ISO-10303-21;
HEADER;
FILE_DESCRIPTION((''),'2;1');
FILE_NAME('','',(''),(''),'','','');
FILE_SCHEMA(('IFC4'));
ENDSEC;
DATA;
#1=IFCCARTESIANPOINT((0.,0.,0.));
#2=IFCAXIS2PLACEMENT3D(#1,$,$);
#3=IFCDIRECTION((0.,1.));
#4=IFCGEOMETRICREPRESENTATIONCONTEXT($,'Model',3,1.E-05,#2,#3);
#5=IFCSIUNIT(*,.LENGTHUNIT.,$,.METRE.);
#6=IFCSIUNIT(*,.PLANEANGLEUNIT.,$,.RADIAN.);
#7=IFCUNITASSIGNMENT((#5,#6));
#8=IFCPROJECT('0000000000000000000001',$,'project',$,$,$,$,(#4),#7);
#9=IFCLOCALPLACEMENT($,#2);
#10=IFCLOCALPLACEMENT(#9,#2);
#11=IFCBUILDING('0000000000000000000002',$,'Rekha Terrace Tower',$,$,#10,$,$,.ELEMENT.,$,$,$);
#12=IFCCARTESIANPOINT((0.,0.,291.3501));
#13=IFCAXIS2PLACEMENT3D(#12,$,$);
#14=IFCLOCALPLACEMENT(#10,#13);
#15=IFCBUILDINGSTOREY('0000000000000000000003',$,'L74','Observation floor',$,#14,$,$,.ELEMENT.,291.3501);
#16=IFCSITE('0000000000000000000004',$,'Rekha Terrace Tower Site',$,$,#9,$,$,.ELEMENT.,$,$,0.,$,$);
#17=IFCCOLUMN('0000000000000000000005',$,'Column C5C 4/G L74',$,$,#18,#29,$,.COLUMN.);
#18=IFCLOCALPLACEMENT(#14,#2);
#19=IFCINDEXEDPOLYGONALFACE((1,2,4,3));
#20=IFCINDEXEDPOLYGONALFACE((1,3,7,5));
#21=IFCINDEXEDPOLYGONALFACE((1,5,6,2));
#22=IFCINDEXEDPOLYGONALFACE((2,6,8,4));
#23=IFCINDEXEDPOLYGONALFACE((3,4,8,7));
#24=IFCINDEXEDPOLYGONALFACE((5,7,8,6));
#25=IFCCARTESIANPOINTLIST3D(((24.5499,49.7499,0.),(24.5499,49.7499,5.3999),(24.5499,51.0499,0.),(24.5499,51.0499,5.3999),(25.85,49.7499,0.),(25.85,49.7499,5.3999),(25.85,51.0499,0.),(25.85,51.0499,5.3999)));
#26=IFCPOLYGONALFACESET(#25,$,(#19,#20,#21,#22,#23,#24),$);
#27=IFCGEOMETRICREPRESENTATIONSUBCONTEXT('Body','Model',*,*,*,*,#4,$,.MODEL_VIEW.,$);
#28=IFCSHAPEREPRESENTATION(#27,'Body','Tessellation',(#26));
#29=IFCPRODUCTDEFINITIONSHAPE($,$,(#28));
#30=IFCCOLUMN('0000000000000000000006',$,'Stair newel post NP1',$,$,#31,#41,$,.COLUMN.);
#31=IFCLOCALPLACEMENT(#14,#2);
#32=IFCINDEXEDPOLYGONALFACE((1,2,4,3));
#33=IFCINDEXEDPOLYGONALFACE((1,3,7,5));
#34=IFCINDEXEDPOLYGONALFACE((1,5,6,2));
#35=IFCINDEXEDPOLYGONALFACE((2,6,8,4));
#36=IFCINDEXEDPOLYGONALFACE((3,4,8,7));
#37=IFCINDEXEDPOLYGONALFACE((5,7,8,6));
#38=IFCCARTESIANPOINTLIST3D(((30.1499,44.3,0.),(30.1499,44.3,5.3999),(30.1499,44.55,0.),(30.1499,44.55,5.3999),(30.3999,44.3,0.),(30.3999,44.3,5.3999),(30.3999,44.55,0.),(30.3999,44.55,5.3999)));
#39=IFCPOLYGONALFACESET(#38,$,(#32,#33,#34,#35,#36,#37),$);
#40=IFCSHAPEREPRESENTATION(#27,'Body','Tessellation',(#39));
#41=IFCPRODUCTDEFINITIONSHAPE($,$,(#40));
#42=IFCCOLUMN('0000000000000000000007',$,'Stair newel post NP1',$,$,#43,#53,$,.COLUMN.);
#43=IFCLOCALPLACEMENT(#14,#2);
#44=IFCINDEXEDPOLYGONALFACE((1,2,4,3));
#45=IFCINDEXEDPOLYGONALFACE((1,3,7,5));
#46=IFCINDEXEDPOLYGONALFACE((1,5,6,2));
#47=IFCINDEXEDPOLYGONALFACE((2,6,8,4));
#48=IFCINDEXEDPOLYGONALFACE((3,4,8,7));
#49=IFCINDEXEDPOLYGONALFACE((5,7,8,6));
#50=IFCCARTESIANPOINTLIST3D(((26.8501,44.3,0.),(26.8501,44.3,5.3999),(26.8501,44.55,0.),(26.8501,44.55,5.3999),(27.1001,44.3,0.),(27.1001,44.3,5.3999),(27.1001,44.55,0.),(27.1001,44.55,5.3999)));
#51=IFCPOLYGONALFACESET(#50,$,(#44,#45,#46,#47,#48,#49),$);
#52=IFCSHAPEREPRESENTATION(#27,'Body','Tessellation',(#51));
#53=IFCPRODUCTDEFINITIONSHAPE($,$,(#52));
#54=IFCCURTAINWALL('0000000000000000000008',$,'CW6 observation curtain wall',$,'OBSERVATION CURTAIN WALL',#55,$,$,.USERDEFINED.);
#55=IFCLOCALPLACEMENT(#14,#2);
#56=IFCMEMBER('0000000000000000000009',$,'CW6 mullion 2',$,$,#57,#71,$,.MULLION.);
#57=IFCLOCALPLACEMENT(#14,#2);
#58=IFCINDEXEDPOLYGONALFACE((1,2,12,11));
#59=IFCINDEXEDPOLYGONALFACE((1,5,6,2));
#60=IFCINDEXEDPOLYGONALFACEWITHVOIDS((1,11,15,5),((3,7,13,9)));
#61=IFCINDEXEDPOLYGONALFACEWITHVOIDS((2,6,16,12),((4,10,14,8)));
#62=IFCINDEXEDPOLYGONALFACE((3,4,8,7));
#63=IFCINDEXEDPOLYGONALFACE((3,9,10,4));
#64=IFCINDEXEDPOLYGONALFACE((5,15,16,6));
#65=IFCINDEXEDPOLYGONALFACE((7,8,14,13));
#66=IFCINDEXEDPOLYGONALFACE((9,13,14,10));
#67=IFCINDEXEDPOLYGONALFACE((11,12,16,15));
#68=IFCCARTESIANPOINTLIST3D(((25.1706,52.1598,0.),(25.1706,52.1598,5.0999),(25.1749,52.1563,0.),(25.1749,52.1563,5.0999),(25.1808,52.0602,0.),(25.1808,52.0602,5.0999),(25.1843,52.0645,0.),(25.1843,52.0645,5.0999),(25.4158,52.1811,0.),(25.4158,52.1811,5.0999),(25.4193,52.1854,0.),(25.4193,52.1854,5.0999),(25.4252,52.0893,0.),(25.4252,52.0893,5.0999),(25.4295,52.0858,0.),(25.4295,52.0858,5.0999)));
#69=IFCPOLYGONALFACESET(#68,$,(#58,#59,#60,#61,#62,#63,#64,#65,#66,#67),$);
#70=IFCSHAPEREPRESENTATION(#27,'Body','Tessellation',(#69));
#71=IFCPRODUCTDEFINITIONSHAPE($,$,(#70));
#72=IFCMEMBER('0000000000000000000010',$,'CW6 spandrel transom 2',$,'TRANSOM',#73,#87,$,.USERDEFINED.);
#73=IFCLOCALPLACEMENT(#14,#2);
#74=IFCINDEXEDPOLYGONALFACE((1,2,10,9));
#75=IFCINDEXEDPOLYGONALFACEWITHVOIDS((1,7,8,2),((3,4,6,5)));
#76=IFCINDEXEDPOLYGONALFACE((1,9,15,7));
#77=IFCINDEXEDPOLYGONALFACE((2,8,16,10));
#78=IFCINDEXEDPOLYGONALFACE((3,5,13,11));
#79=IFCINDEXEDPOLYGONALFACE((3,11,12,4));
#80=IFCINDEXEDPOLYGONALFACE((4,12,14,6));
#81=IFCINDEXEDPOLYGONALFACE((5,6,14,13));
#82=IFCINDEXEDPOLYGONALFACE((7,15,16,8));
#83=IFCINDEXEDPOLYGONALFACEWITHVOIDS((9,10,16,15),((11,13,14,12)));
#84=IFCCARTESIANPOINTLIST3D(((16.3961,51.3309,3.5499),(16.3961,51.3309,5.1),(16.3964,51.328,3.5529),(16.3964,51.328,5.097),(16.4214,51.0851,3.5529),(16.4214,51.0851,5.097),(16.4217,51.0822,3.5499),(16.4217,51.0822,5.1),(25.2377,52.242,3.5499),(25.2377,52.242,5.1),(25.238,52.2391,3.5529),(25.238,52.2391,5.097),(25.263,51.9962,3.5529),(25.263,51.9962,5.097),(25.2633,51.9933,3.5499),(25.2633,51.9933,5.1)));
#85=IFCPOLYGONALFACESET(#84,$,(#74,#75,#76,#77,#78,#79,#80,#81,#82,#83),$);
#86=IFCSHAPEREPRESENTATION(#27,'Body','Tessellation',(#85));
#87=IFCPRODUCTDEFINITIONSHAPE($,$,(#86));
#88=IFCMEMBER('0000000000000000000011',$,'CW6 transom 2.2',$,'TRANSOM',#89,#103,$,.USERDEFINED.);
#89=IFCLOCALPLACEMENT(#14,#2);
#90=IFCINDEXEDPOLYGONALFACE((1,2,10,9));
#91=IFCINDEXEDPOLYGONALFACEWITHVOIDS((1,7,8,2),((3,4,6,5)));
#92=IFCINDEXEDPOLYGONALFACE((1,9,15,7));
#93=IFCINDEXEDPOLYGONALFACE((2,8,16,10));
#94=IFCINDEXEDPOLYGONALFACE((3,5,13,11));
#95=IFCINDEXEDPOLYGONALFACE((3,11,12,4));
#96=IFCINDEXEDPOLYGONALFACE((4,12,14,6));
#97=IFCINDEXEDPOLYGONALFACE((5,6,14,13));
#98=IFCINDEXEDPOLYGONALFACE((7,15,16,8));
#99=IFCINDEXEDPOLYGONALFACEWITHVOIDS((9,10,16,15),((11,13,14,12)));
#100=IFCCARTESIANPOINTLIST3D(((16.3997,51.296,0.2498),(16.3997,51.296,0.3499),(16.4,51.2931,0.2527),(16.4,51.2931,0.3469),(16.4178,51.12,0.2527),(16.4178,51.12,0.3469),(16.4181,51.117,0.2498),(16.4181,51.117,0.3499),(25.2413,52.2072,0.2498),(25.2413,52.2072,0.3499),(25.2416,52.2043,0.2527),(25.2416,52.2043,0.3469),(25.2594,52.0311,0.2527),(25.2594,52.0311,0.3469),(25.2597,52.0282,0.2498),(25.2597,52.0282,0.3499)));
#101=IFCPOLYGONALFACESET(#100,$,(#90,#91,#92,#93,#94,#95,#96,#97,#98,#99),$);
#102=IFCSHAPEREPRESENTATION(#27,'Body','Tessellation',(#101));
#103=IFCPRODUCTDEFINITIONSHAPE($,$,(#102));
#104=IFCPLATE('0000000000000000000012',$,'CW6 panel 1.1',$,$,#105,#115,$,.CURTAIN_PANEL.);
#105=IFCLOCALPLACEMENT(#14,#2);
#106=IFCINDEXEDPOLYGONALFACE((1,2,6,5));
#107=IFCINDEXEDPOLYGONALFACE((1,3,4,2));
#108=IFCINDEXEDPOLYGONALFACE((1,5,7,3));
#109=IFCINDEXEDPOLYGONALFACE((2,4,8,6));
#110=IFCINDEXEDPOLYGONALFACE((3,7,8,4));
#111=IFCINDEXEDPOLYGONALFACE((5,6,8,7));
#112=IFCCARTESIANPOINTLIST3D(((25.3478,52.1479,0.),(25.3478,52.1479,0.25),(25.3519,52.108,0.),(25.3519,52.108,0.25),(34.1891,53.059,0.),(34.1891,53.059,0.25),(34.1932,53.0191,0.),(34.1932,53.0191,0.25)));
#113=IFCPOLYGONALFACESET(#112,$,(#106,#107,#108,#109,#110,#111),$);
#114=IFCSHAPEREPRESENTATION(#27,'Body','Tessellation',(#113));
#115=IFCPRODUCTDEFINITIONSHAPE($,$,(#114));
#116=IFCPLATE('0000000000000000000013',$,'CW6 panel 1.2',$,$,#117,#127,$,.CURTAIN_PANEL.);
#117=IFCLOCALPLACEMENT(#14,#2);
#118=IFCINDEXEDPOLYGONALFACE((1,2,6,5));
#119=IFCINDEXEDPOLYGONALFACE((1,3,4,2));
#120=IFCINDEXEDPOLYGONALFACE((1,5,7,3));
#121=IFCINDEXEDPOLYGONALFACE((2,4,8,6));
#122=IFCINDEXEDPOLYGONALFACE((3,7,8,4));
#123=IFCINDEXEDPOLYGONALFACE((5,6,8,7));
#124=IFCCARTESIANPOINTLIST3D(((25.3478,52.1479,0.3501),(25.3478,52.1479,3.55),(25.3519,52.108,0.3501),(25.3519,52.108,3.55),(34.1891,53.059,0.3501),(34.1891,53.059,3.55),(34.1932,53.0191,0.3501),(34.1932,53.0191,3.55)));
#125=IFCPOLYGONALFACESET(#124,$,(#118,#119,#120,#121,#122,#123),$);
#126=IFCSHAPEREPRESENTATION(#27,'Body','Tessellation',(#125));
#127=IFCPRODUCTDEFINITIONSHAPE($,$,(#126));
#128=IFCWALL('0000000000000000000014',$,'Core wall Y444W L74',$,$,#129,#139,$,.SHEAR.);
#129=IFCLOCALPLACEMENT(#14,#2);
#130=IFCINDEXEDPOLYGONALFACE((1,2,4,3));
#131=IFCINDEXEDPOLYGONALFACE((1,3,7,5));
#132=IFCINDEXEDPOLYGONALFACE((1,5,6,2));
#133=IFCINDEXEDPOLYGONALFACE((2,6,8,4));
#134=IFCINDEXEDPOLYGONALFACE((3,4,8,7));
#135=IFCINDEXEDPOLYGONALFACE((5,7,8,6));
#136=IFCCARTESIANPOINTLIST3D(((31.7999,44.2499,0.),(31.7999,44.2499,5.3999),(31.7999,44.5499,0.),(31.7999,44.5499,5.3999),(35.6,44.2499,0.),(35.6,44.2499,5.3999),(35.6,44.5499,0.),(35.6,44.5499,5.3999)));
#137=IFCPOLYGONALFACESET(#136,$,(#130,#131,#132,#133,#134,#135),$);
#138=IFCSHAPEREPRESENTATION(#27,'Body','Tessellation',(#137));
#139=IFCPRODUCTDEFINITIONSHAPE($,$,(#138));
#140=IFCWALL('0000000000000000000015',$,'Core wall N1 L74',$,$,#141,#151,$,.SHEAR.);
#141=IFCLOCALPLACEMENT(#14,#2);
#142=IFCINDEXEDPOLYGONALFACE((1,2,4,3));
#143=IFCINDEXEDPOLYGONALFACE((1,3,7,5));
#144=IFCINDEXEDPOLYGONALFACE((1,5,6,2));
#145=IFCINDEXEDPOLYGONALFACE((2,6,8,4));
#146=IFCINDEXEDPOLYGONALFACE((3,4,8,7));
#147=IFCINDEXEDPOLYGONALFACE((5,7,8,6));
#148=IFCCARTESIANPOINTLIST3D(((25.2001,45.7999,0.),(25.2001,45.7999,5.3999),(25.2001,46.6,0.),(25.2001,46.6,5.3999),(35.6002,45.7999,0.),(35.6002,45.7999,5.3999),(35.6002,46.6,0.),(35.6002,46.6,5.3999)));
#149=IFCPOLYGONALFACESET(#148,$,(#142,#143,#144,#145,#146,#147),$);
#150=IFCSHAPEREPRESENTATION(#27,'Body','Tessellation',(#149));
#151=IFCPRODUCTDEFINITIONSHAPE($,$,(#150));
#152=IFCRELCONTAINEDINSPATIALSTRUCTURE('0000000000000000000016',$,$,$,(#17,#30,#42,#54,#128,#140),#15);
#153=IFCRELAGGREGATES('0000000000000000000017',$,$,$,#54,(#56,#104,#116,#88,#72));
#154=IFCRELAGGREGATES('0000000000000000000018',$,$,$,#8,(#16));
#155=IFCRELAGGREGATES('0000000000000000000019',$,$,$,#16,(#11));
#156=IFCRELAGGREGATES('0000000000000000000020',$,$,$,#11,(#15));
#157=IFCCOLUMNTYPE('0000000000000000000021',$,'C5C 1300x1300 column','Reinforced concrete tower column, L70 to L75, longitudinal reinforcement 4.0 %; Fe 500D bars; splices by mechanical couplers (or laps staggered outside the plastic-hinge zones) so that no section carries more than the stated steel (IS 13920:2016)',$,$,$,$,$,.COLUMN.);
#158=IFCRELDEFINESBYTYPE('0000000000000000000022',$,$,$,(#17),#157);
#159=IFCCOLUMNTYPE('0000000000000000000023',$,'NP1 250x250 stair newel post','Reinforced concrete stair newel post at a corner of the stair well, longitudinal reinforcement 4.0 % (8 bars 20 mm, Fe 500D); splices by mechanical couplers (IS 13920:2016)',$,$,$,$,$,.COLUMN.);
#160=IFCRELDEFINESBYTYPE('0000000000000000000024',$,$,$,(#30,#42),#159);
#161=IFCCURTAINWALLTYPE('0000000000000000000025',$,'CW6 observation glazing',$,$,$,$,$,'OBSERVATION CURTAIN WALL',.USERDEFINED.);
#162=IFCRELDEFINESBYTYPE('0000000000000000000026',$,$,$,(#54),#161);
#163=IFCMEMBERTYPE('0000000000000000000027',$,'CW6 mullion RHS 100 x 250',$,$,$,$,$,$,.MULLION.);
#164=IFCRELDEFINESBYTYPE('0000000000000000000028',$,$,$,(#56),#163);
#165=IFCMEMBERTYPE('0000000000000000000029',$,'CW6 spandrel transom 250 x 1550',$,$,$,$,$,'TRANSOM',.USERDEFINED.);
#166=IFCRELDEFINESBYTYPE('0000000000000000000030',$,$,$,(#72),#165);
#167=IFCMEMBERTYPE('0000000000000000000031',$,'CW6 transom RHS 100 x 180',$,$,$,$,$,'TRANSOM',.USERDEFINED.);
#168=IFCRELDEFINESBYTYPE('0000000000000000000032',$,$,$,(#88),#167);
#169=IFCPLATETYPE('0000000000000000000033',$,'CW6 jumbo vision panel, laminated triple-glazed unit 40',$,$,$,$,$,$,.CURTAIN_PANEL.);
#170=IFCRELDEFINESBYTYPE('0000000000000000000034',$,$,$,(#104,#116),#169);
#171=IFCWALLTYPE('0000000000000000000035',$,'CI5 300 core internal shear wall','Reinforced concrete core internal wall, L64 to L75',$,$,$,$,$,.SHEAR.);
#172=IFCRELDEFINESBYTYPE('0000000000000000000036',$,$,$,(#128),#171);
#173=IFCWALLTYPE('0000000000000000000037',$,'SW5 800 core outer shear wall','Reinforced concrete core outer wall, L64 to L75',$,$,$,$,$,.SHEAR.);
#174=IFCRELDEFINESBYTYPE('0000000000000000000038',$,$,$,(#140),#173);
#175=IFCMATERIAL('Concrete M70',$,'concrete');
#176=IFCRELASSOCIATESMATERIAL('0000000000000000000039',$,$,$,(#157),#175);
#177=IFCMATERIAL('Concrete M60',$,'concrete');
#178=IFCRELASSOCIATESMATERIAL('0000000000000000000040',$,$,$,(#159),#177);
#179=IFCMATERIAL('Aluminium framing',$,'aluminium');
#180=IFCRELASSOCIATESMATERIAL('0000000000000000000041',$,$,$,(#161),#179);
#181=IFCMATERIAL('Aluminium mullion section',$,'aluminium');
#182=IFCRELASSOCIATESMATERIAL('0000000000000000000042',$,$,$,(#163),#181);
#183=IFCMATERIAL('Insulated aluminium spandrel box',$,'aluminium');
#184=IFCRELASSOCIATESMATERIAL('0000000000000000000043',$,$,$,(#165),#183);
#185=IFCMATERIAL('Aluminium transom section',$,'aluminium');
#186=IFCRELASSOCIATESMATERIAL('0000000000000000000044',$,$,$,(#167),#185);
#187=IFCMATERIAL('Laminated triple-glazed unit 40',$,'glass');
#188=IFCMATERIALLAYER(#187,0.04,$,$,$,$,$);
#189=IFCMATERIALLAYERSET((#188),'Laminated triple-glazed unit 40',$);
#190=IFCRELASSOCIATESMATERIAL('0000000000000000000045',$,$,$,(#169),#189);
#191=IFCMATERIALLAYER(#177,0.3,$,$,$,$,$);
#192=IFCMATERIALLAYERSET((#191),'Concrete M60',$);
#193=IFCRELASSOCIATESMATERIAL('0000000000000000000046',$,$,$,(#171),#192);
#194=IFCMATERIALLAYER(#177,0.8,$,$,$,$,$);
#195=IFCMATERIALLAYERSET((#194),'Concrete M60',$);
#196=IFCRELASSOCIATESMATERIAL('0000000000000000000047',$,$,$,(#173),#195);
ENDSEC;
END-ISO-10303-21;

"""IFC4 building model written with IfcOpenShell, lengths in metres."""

from ifc_helpers import new_model, si_unit, direction, frame, frame_2d, origin, origin_2d, place, context, subcontext, project, spatial, rectangle, hollow_rectangle, extrude, material, layer, layer_set, material_profile, profile_set, type_object, element, aggregate, save


model = new_model("IFC4")

# Units and contexts
model_context = context("Model", 3, precision=1e-05, world=origin(), true_north=direction((0.0, 1.0)))
body_context = subcontext(model_context, "Body", "Model", "MODEL_VIEW")
ifc_project = project(units=[si_unit("LENGTHUNIT", "METRE"), si_unit("PLANEANGLEUNIT", "RADIAN")], contexts=[model_context])

# Site, building, storey
site_placement = place(None, origin())
site = spatial("IfcSite", under=ifc_project, at=site_placement, Name="Rekha Terrace Tower Site", CompositionType="ELEMENT", RefElevation=0.0)
building_placement = place(site_placement, origin())
building = spatial("IfcBuilding", under=site, at=building_placement, Name="Rekha Terrace Tower", CompositionType="ELEMENT")
storey_placement = place(building_placement, frame((0.0, 0.0, 291.3501)))
storey = spatial("IfcBuildingStorey", under=building, at=storey_placement, Name="L74", Description="Observation floor", CompositionType="ELEMENT", Elevation=291.3501)

# Columns
ifc_material_1 = material(Name="Concrete M70", Category="concrete")
ifc_material_profile_1 = material_profile(ifc_material_1, rectangle(XDim=1.3, YDim=1.3, at=origin_2d()), Name="RC 1300x1300")
ifc_profile_set_1 = profile_set([ifc_material_profile_1], Name="Concrete M70")
column_type_1 = type_object("IfcColumnType", Name="C5C 1300x1300 column", Description="Reinforced concrete tower column, L70 to L75, longitudinal reinforcement 4.0 %; Fe 500D bars; splices by mechanical couplers (or laps staggered outside the plastic-hinge zones) so that no section carries more than the stated steel (IS 13920:2016)", PredefinedType="COLUMN", material=ifc_profile_set_1)
column_placement = place(storey_placement, frame((25.2, 50.3999, 0.0), z_axis=(0.0, 0.0, 1.0), x_axis=(1.0, 0.0, 0.0)))
element("IfcColumn", 1, at=column_placement, inside=storey, type_object=column_type_1, Name="Column C5C 4/G L74", PredefinedType="COLUMN", context=body_context, shape_type="SweptSolid", body=[
    extrude(rectangle(XDim=1.3, YDim=1.3, at=origin_2d()), origin(), (0.0, 0.0, 1.0), 5.3999),
])
ifc_material_2 = material(Name="Concrete M60", Category="concrete")
ifc_material_profile_2 = material_profile(ifc_material_2, rectangle(XDim=0.25, YDim=0.25, at=origin_2d()), Name="RC 250x250")
ifc_profile_set_2 = profile_set([ifc_material_profile_2], Name="Concrete M60")
column_type_2 = type_object("IfcColumnType", Name="NP1 250x250 stair newel post", Description="Reinforced concrete stair newel post at a corner of the stair well, longitudinal reinforcement 4.0 % (8 bars 20 mm, Fe 500D); splices by mechanical couplers (IS 13920:2016)", PredefinedType="COLUMN", material=ifc_profile_set_2)
for number, where, z_axis, x_axis, name in (
    (2, (30.2749, 44.425, 0.0), (0.0, 0.0, 1.0), (1.0, 0.0, 0.0), "Stair newel post NP1"),
    (3, (26.9751, 44.425, 0.0), (0.0, 0.0, 1.0), (1.0, 0.0, 0.0), "Stair newel post NP1"),
):
    element("IfcColumn", number, at=place(storey_placement, frame(where, z_axis=z_axis, x_axis=x_axis)), inside=storey, type_object=column_type_2, Name=name, PredefinedType="COLUMN", context=body_context, shape_type="SweptSolid", body=[
        extrude(rectangle(XDim=0.25, YDim=0.25, at=origin_2d()), origin(), (0.0, 0.0, 1.0), 5.3999),
    ])

# Curtain wall, members, plates
ifc_material_3 = material(Name="Aluminium framing", Category="aluminium")
curtain_wall_type = type_object("IfcCurtainWallType", Name="CW6 observation glazing", ElementType="OBSERVATION CURTAIN WALL", PredefinedType="USERDEFINED", material=ifc_material_3)
curtain_wall_placement = place(storey_placement, origin())
curtain_wall = element("IfcCurtainWall", 4, at=curtain_wall_placement, inside=storey, type_object=curtain_wall_type, Name="CW6 observation curtain wall", ObjectType="OBSERVATION CURTAIN WALL", PredefinedType="USERDEFINED")
ifc_material_4 = material(Name="Aluminium mullion section", Category="aluminium")
ifc_material_profile_3 = material_profile(ifc_material_4, hollow_rectangle(XDim=0.1001, YDim=0.25, WallThickness=0.0039, at=origin_2d()), Name="AL RHS 100x250")
ifc_profile_set_3 = profile_set([ifc_material_profile_3], Name="Aluminium mullion section")
member_type_1 = type_object("IfcMemberType", Name="CW6 mullion RHS 100 x 250", PredefinedType="MULLION", material=ifc_profile_set_3)
member_1_placement = place(storey_placement, frame((25.3, 52.1228, 0.0), z_axis=(0.0, 0.0, 1.0), x_axis=(0.102505, -0.994732, 0.0)))
member_1 = element("IfcMember", 5, at=member_1_placement, type_object=member_type_1, Name="CW6 mullion 2", PredefinedType="MULLION", context=body_context, shape_type="SweptSolid", body=[
    extrude(hollow_rectangle(XDim=0.1001, YDim=0.25, WallThickness=0.0039, at=origin_2d()), origin(), (0.0, 0.0, 1.0), 5.0999),
])
ifc_material_5 = material(Name="Insulated aluminium spandrel box", Category="aluminium")
ifc_material_profile_4 = material_profile(ifc_material_5, hollow_rectangle(XDim=0.25, YDim=1.55, WallThickness=0.0029, at=origin_2d()), Name="AL SPANDREL BOX 250x1550")
ifc_profile_set_4 = profile_set([ifc_material_profile_4], Name="Insulated aluminium spandrel box")
member_type_2 = type_object("IfcMemberType", Name="CW6 spandrel transom 250 x 1550", ElementType="TRANSOM", PredefinedType="USERDEFINED", material=ifc_profile_set_4)
member_2_placement = place(storey_placement, frame((25.2505, 52.1177, 4.325), z_axis=(-0.994732, -0.102508, 0.0), x_axis=(0.102508, -0.994732, 0.0)))
member_2 = element("IfcMember", 6, at=member_2_placement, type_object=member_type_2, Name="CW6 spandrel transom 2", ObjectType="TRANSOM", PredefinedType="USERDEFINED", context=body_context, shape_type="SweptSolid", body=[
    extrude(hollow_rectangle(XDim=0.25, YDim=1.55, WallThickness=0.0029, at=origin_2d()), origin(), (0.0, 0.0, 1.0), 8.8884),
])
ifc_material_6 = material(Name="Aluminium transom section", Category="aluminium")
ifc_material_profile_5 = material_profile(ifc_material_6, hollow_rectangle(XDim=0.1799, YDim=0.1001, WallThickness=0.0029, at=origin_2d()), Name="AL RHS 180x100")
ifc_profile_set_5 = profile_set([ifc_material_profile_5], Name="Aluminium transom section")
member_type_3 = type_object("IfcMemberType", Name="CW6 transom RHS 100 x 180", ElementType="TRANSOM", PredefinedType="USERDEFINED", material=ifc_profile_set_5)
member_3_placement = place(storey_placement, frame((25.2505, 52.1177, 0.2998), z_axis=(-0.994732, -0.102508, 0.0), x_axis=(0.102508, -0.994732, 0.0)))
member_3 = element("IfcMember", 7, at=member_3_placement, type_object=member_type_3, Name="CW6 transom 2.2", ObjectType="TRANSOM", PredefinedType="USERDEFINED", context=body_context, shape_type="SweptSolid", body=[
    extrude(hollow_rectangle(XDim=0.1799, YDim=0.1001, WallThickness=0.0029, at=origin_2d()), origin(), (0.0, 0.0, 1.0), 8.8884),
])
ifc_material_7 = material(Name="Laminated triple-glazed unit 40", Category="glass")
ifc_layer_1 = layer(ifc_material_7, 0.04)
ifc_layer_set_1 = layer_set([ifc_layer_1], Name="Laminated triple-glazed unit 40")
plate_type = type_object("IfcPlateType", Name="CW6 jumbo vision panel, laminated triple-glazed unit 40", PredefinedType="CURTAIN_PANEL", material=ifc_layer_set_1)
plate_1_placement = place(storey_placement, frame((29.7705, 52.5835, 0.0), z_axis=(0.0, 0.0, 1.0), x_axis=(-0.994732, -0.102505, 0.0)))
plate_1 = element("IfcPlate", 8, at=plate_1_placement, type_object=plate_type, Name="CW6 panel 1.1", PredefinedType="CURTAIN_PANEL", context=body_context, shape_type="SweptSolid", body=[
    extrude(rectangle(XDim=8.8882, YDim=0.04, at=origin_2d()), origin(), (0.0, 0.0, 1.0), 0.25),
])
plate_2_placement = place(storey_placement, frame((29.7705, 52.5835, 0.3501), z_axis=(0.0, 0.0, 1.0), x_axis=(-0.994732, -0.102505, 0.0)))
plate_2 = element("IfcPlate", 9, at=plate_2_placement, type_object=plate_type, Name="CW6 panel 1.2", PredefinedType="CURTAIN_PANEL", context=body_context, shape_type="SweptSolid", body=[
    extrude(rectangle(XDim=8.8882, YDim=0.04, at=origin_2d()), origin(), (0.0, 0.0, 1.0), 3.2),
])
aggregate(curtain_wall, [member_1, plate_1, plate_2, member_3, member_2])

# Walls
ifc_layer_2 = layer(ifc_material_2, 0.3)
ifc_layer_set_2 = layer_set([ifc_layer_2], Name="Concrete M60")
wall_type_1 = type_object("IfcWallType", Name="CI5 300 core internal shear wall", Description="Reinforced concrete core internal wall, L64 to L75", PredefinedType="SHEAR", material=ifc_layer_set_2)
wall_1_placement = place(storey_placement, frame((31.8, 44.3999, 0.0), z_axis=(0.0, 0.0, 1.0), x_axis=(1.0, 0.0, 0.0)))
element("IfcWall", 10, at=wall_1_placement, inside=storey, type_object=wall_type_1, Name="Core wall Y444W L74", PredefinedType="SHEAR", context=body_context, shape_type="SweptSolid", body=[
    extrude(rectangle(XDim=3.8, YDim=0.3, at=frame_2d((1.8999, 0.0))), origin(), (0.0, 0.0, 1.0), 5.3999),
])
ifc_layer_3 = layer(ifc_material_2, 0.8)
ifc_layer_set_3 = layer_set([ifc_layer_3], Name="Concrete M60")
wall_type_2 = type_object("IfcWallType", Name="SW5 800 core outer shear wall", Description="Reinforced concrete core outer wall, L64 to L75", PredefinedType="SHEAR", material=ifc_layer_set_3)
wall_2_placement = place(storey_placement, frame((25.2, 46.2, 0.0), z_axis=(0.0, 0.0, 1.0), x_axis=(1.0, 0.0, 0.0)))
element("IfcWall", 11, at=wall_2_placement, inside=storey, type_object=wall_type_2, Name="Core wall N1 L74", PredefinedType="SHEAR", context=body_context, shape_type="SweptSolid", body=[
    extrude(rectangle(XDim=10.4001, YDim=0.8, at=frame_2d((5.2002, 0.0))), origin(), (0.0, 0.0, 1.0), 5.3999),
])

save(model, "model.ifc")
